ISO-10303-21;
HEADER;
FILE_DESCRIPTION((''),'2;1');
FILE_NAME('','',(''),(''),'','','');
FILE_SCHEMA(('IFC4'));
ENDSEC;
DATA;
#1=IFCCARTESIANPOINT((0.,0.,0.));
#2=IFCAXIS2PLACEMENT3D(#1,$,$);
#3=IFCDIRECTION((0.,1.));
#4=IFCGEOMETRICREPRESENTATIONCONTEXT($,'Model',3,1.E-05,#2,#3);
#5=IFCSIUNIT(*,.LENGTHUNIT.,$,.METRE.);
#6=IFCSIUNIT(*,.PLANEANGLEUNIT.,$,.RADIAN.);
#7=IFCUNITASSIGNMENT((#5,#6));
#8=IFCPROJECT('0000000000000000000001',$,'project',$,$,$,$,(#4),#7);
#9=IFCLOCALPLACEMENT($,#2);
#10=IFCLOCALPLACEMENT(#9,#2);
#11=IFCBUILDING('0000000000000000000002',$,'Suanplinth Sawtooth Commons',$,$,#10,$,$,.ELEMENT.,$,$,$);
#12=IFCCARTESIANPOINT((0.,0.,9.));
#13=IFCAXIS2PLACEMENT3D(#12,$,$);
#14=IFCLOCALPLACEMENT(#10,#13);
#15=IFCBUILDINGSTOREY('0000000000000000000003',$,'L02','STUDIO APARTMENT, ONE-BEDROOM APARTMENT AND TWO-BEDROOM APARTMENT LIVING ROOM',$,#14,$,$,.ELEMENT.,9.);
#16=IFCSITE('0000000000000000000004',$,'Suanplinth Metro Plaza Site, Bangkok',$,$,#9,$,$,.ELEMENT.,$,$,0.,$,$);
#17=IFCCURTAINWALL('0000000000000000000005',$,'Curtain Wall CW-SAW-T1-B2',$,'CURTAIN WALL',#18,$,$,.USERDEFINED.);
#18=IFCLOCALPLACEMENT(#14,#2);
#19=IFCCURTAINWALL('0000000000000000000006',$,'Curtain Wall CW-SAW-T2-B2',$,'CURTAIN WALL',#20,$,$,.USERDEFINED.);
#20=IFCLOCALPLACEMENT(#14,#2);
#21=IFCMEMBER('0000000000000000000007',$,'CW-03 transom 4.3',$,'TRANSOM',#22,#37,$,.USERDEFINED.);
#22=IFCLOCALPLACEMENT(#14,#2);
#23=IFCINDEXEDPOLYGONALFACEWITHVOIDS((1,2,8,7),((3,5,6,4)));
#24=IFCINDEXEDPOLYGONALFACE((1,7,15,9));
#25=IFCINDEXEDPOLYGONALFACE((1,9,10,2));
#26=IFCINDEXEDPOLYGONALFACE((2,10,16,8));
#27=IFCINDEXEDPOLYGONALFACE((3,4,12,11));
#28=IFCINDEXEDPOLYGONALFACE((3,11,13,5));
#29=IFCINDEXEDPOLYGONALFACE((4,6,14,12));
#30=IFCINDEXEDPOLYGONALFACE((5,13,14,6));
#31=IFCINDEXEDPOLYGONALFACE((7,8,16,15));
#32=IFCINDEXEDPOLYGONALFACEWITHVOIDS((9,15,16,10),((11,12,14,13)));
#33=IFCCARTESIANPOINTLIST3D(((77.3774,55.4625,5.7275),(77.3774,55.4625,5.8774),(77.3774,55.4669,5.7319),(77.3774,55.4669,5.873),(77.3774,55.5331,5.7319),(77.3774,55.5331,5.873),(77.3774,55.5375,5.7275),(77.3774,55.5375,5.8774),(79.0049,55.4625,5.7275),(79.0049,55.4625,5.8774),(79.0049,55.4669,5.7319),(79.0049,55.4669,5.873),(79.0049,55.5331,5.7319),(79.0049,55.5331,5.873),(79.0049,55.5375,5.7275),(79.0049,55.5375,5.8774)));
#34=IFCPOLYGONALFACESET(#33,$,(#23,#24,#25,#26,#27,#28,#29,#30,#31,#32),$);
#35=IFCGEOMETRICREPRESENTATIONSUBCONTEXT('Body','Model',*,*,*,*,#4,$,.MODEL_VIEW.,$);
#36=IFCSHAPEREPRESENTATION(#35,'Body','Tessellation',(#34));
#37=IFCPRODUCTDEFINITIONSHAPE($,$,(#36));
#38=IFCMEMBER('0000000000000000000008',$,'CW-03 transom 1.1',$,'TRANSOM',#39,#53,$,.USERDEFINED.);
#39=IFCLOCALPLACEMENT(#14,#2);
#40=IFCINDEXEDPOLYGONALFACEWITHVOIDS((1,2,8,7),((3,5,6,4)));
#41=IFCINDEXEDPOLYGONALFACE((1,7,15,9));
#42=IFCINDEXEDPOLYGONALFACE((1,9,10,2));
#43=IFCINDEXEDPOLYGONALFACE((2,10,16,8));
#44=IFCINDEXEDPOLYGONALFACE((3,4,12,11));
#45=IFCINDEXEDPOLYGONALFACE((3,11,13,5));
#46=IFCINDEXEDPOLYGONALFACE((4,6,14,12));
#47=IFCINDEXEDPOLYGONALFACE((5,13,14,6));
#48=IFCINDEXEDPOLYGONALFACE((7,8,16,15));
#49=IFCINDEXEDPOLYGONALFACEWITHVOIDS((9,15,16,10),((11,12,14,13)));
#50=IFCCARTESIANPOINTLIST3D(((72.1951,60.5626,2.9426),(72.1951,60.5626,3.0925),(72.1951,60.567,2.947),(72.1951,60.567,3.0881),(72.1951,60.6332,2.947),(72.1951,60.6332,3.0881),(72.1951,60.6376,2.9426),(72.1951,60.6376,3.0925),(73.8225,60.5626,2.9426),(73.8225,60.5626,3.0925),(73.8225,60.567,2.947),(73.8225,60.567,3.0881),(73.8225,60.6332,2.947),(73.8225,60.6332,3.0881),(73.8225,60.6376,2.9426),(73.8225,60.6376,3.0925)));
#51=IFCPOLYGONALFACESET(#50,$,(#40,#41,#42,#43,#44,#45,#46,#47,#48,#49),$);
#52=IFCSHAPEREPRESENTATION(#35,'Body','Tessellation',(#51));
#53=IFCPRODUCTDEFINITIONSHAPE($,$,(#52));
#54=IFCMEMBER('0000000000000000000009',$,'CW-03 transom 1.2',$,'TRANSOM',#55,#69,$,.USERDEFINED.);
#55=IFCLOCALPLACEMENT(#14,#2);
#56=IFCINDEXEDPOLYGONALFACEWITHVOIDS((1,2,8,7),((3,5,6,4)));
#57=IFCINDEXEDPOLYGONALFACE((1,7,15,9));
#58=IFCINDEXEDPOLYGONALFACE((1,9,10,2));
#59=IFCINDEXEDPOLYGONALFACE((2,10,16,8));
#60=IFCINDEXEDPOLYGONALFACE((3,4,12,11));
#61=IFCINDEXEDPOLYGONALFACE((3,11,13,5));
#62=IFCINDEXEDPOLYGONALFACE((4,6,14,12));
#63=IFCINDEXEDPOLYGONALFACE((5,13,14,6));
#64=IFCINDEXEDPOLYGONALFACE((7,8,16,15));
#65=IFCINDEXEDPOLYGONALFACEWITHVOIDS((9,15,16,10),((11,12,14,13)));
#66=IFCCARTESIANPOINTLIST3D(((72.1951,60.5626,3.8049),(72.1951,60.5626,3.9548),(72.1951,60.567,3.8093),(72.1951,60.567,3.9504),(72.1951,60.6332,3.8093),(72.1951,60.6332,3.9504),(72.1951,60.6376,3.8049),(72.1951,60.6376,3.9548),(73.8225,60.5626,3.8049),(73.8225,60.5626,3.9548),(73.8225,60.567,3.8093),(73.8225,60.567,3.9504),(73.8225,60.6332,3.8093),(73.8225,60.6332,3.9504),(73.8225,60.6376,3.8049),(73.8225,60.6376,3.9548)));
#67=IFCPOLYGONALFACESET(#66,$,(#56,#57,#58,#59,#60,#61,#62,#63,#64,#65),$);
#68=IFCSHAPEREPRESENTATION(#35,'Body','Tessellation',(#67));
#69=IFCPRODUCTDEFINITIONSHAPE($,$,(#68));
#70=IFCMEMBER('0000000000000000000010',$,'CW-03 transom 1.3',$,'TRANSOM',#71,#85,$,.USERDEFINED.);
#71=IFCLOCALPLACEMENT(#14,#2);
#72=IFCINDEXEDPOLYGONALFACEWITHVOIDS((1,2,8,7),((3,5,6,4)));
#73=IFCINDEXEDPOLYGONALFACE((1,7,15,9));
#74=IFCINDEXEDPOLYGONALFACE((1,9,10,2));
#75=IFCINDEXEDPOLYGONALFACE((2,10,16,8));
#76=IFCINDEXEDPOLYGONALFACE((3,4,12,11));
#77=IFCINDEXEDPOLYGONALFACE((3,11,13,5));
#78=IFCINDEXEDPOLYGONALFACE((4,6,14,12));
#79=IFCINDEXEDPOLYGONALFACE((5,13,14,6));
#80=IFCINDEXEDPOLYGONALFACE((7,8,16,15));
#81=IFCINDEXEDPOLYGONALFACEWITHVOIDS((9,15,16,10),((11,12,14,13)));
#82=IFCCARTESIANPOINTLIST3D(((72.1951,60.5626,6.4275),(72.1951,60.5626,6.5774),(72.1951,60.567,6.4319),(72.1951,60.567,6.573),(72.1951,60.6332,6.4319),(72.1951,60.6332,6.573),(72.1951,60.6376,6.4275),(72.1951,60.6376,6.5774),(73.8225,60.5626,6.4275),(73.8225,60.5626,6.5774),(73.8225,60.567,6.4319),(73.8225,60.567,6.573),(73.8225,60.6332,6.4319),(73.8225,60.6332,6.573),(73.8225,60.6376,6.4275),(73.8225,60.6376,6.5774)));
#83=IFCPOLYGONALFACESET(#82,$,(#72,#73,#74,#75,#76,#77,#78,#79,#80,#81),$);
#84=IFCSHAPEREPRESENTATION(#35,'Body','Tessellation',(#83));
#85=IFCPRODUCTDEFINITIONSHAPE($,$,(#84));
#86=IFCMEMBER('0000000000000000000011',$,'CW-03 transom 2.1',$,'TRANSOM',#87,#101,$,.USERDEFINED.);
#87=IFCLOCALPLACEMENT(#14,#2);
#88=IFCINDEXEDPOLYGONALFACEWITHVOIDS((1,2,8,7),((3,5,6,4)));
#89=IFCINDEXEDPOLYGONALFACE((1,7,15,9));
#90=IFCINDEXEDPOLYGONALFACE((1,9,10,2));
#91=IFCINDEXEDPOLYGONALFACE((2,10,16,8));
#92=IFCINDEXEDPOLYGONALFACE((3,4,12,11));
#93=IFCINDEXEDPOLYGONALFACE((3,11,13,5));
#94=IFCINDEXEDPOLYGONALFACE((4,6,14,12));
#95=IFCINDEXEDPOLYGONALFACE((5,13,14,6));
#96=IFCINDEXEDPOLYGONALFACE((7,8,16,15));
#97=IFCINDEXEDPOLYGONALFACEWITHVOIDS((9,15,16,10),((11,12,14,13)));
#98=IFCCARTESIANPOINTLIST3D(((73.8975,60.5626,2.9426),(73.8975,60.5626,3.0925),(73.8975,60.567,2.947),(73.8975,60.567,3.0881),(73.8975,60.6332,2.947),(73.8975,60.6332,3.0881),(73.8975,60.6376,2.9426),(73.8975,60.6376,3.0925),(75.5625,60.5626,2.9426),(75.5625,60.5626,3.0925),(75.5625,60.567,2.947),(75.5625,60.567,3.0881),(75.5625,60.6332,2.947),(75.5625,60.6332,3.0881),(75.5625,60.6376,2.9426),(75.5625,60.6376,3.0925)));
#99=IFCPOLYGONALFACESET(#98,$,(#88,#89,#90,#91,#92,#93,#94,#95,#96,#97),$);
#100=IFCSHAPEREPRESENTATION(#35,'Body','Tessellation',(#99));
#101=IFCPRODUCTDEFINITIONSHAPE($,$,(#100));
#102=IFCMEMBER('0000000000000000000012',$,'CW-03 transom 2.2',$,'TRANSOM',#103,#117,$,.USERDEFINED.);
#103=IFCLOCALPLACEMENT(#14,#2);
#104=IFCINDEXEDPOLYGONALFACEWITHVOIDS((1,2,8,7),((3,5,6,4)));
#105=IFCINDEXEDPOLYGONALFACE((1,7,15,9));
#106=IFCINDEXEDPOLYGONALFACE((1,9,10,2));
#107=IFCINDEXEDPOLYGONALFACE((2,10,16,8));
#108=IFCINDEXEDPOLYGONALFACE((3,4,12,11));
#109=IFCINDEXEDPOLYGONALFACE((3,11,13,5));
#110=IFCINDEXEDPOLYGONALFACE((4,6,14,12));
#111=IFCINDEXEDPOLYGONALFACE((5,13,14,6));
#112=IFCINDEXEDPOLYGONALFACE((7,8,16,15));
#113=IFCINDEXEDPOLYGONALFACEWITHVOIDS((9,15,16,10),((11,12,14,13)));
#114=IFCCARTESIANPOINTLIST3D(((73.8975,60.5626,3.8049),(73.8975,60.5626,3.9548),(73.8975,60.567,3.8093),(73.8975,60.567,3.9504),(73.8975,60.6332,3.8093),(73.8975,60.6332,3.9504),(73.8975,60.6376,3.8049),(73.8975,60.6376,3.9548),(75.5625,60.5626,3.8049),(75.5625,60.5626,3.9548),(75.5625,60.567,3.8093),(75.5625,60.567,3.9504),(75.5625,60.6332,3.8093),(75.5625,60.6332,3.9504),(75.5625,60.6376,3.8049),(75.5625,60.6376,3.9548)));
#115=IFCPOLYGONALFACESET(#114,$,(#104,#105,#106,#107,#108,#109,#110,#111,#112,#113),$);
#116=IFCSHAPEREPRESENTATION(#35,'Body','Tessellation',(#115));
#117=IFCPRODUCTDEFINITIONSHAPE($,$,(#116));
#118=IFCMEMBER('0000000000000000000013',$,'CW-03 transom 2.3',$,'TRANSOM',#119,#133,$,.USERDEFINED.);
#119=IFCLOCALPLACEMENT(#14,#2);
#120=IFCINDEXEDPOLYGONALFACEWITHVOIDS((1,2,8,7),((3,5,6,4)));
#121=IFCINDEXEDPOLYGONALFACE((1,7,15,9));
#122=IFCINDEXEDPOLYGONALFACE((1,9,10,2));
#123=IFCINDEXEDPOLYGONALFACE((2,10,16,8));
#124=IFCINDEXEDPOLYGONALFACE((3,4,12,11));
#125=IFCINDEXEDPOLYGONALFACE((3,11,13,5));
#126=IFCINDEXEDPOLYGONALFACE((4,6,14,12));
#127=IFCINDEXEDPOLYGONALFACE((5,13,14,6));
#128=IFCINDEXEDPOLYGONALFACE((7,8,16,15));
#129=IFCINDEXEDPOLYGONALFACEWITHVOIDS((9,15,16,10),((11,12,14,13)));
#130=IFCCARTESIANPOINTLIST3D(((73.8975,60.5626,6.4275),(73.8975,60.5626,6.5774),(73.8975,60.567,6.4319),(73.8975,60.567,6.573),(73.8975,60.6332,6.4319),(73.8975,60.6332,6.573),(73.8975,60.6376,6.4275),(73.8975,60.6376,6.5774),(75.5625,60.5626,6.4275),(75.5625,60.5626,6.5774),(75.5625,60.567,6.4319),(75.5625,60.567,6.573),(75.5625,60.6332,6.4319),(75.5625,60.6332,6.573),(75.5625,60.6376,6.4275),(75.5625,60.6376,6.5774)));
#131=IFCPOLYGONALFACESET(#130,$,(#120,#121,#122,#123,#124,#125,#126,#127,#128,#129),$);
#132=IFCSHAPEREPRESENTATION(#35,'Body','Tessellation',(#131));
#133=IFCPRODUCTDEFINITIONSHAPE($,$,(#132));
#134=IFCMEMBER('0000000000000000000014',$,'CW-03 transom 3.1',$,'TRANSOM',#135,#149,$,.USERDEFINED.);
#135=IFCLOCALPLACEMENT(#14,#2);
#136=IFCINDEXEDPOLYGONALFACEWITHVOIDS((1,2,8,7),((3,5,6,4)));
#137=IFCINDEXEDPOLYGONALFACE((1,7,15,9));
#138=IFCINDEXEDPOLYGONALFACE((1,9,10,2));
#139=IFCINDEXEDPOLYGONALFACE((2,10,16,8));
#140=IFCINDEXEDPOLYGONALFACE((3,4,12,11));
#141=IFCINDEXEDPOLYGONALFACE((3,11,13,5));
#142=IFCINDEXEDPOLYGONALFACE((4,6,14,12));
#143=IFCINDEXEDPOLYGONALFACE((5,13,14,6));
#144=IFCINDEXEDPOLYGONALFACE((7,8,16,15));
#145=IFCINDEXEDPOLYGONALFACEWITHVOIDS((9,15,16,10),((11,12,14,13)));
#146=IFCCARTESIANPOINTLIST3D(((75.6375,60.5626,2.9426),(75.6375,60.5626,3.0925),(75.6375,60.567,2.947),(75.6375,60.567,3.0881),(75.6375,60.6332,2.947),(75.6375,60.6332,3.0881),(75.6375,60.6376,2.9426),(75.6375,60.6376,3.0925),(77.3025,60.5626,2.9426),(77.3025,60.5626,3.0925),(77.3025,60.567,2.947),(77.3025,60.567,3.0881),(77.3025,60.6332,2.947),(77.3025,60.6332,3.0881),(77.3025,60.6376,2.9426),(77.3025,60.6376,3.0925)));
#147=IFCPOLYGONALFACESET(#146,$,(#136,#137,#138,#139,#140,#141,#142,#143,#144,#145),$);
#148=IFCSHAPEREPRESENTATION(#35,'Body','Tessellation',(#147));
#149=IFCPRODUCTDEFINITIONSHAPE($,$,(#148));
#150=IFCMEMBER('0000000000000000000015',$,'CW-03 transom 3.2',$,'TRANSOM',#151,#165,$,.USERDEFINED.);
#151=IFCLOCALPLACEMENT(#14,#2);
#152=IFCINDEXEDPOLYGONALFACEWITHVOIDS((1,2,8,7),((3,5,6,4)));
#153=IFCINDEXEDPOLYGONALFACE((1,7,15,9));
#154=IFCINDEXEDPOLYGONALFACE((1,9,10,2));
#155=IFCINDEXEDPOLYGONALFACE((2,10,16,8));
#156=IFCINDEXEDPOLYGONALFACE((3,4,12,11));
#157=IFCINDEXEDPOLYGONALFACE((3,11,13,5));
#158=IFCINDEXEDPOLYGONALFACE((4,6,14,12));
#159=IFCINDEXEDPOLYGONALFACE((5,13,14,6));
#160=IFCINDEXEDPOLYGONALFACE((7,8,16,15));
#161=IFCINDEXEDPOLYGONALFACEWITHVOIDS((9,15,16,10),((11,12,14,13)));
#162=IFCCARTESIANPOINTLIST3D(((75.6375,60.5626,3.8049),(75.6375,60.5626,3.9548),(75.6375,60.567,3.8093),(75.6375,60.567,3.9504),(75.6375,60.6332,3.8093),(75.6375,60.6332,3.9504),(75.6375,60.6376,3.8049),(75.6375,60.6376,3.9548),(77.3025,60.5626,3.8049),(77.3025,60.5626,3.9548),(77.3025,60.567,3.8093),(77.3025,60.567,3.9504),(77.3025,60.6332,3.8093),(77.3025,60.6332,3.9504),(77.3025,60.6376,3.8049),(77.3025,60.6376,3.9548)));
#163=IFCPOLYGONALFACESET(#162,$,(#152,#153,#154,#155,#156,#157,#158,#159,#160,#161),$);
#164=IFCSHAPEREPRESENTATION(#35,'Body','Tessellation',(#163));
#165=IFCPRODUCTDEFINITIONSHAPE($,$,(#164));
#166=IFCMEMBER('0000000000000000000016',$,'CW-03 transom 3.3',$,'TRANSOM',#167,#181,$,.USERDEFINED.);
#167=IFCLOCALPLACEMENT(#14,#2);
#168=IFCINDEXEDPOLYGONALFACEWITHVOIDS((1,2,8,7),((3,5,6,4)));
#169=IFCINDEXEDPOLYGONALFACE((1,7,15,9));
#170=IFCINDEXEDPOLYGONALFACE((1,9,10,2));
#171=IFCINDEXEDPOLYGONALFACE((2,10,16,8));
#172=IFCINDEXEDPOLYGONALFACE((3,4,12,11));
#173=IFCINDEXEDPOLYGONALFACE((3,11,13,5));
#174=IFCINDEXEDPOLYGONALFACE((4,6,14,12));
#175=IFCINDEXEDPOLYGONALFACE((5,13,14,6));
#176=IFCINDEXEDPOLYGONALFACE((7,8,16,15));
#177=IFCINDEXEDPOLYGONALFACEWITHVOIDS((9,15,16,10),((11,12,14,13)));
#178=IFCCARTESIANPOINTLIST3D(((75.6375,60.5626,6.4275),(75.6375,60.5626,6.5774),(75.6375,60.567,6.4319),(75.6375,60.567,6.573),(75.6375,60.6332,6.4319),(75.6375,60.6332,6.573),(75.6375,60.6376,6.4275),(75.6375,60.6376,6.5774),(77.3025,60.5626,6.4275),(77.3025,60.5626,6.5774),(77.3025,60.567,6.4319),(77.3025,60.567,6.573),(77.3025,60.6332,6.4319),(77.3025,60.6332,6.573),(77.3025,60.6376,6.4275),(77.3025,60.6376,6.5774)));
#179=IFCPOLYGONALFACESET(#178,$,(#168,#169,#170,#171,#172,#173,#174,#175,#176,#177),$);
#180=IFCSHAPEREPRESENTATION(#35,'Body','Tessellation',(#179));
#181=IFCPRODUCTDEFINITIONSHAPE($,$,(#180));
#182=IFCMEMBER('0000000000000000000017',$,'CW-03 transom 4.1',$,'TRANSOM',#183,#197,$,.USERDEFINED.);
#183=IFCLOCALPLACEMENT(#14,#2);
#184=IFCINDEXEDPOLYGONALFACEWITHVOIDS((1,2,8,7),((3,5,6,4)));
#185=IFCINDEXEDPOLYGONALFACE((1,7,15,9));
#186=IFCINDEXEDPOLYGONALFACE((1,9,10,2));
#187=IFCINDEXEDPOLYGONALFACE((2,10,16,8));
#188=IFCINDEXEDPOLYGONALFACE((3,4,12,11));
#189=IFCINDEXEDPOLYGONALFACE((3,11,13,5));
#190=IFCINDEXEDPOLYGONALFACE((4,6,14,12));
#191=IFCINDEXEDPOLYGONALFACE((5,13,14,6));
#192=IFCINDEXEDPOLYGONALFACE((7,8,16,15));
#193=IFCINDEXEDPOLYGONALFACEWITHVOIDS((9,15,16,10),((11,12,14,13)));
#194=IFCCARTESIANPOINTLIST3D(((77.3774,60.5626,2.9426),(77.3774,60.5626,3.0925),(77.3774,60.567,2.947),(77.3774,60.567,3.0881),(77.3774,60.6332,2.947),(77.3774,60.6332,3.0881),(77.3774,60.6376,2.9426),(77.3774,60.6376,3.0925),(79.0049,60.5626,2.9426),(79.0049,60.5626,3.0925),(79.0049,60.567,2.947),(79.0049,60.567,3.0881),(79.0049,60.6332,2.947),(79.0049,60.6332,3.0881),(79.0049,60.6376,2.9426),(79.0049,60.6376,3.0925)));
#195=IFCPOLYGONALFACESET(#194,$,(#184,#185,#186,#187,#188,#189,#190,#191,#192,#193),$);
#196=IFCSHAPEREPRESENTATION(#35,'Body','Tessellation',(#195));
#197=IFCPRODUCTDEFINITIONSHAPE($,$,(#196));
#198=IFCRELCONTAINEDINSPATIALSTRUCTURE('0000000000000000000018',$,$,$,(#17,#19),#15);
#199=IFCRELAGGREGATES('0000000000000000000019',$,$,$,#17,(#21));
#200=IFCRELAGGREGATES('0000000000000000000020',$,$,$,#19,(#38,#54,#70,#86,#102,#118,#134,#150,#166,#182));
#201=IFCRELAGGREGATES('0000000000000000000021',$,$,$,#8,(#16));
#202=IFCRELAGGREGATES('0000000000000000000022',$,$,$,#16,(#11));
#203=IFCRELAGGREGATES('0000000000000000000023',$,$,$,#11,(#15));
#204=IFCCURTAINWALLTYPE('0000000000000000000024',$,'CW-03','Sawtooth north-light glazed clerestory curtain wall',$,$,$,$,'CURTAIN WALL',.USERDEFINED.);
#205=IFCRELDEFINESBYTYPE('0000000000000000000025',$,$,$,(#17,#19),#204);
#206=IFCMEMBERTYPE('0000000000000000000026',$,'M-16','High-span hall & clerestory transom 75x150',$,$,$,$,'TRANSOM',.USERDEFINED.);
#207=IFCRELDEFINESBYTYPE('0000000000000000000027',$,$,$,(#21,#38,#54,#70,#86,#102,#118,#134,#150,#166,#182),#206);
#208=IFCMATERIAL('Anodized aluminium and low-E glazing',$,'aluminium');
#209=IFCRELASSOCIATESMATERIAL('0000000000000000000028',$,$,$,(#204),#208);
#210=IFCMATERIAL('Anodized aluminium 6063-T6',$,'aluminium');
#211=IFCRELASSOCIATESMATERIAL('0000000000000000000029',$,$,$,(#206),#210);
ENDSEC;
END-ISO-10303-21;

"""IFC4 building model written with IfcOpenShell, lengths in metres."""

from ifc_helpers import new_model, si_unit, direction, frame, origin, origin_2d, place, context, subcontext, project, spatial, hollow_rectangle, extrude, material, material_profile, profile_set, type_object, element, aggregate, save


model = new_model("IFC4")

# Units and contexts
model_context = context("Model", 3, precision=1e-05, world=origin(), true_north=direction((0.0, 1.0)))
body_context = subcontext(model_context, "Body", "Model", "MODEL_VIEW")
ifc_project = project(units=[si_unit("LENGTHUNIT", "METRE"), si_unit("PLANEANGLEUNIT", "RADIAN")], contexts=[model_context])

# Site, building, storey
site_placement = place(None, origin())
site = spatial("IfcSite", under=ifc_project, at=site_placement, Name="Suanplinth Metro Plaza Site, Bangkok", CompositionType="ELEMENT", RefElevation=0.0)
building_placement = place(site_placement, origin())
building = spatial("IfcBuilding", under=site, at=building_placement, Name="Suanplinth Sawtooth Commons", CompositionType="ELEMENT")
storey_placement = place(building_placement, frame((0.0, 0.0, 9.0)))
storey = spatial("IfcBuildingStorey", under=building, at=storey_placement, Name="L02", Description="STUDIO APARTMENT, ONE-BEDROOM APARTMENT AND TWO-BEDROOM APARTMENT LIVING ROOM", CompositionType="ELEMENT", Elevation=9.0)

# Curtain wall
ifc_material_1 = material(Name="Anodized aluminium and low-E glazing", Category="aluminium")
curtain_wall_type = type_object("IfcCurtainWallType", Name="CW-03", Description="Sawtooth north-light glazed clerestory curtain wall", ElementType="CURTAIN WALL", PredefinedType="USERDEFINED", material=ifc_material_1)
curtain_wall_1_placement = place(storey_placement, origin())
curtain_wall_1 = element("IfcCurtainWall", 1, at=curtain_wall_1_placement, inside=storey, type_object=curtain_wall_type, Name="Curtain Wall CW-SAW-T1-B2", ObjectType="CURTAIN WALL", PredefinedType="USERDEFINED")
ifc_material_2 = material(Name="Anodized aluminium 6063-T6", Category="aluminium")

# Curtain wall
curtain_wall_2_placement = place(storey_placement, origin())
curtain_wall_2 = element("IfcCurtainWall", 2, at=curtain_wall_2_placement, inside=storey, type_object=curtain_wall_type, Name="Curtain Wall CW-SAW-T2-B2", ObjectType="CURTAIN WALL", PredefinedType="USERDEFINED")

# Members
ifc_material_profile_1 = material_profile(ifc_material_2, hollow_rectangle(XDim=0.075, YDim=0.1499, WallThickness=0.0044, at=origin_2d()), Name="ALU-TRN 75x150")
ifc_profile_set_1 = profile_set([ifc_material_profile_1], Name="Anodized aluminium 6063-T6")
member_type_1 = type_object("IfcMemberType", Name="M-16", Description="High-span hall & clerestory transom 75x150", ElementType="TRANSOM", PredefinedType="USERDEFINED", material=ifc_profile_set_1)
member_1_placement = place(storey_placement, frame((77.3774, 55.5, 5.8025), z_axis=(1.0, 0.0, 0.0), x_axis=(0.0, 1.0, 0.0)))
member_1 = element("IfcMember", 3, at=member_1_placement, type_object=member_type_1, Name="CW-03 transom 4.3", ObjectType="TRANSOM", PredefinedType="USERDEFINED", context=body_context, shape_type="SweptSolid", body=[
    extrude(hollow_rectangle(XDim=0.075, YDim=0.1499, WallThickness=0.0044, at=origin_2d()), origin(), (0.0, 0.0, 1.0), 1.6274),
])
member_2_placement = place(storey_placement, frame((72.1951, 60.6001, 3.0176), z_axis=(1.0, 0.0, 0.0), x_axis=(0.0, 1.0, 0.0)))
member_2 = element("IfcMember", 4, at=member_2_placement, type_object=member_type_1, Name="CW-03 transom 1.1", ObjectType="TRANSOM", PredefinedType="USERDEFINED", context=body_context, shape_type="SweptSolid", body=[
    extrude(hollow_rectangle(XDim=0.075, YDim=0.1499, WallThickness=0.0044, at=origin_2d()), origin(), (0.0, 0.0, 1.0), 1.6274),
])
member_3_placement = place(storey_placement, frame((72.1951, 60.6001, 3.8799), z_axis=(1.0, 0.0, 0.0), x_axis=(0.0, 1.0, 0.0)))
member_3 = element("IfcMember", 5, at=member_3_placement, type_object=member_type_1, Name="CW-03 transom 1.2", ObjectType="TRANSOM", PredefinedType="USERDEFINED", context=body_context, shape_type="SweptSolid", body=[
    extrude(hollow_rectangle(XDim=0.075, YDim=0.1499, WallThickness=0.0044, at=origin_2d()), origin(), (0.0, 0.0, 1.0), 1.6274),
])
member_4_placement = place(storey_placement, frame((72.1951, 60.6001, 6.5024), z_axis=(1.0, 0.0, 0.0), x_axis=(0.0, 1.0, 0.0)))
member_4 = element("IfcMember", 6, at=member_4_placement, type_object=member_type_1, Name="CW-03 transom 1.3", ObjectType="TRANSOM", PredefinedType="USERDEFINED", context=body_context, shape_type="SweptSolid", body=[
    extrude(hollow_rectangle(XDim=0.075, YDim=0.1499, WallThickness=0.0044, at=origin_2d()), origin(), (0.0, 0.0, 1.0), 1.6274),
])
member_5_placement = place(storey_placement, frame((73.8975, 60.6001, 3.0176), z_axis=(1.0, 0.0, 0.0), x_axis=(0.0, 1.0, 0.0)))
member_5 = element("IfcMember", 7, at=member_5_placement, type_object=member_type_1, Name="CW-03 transom 2.1", ObjectType="TRANSOM", PredefinedType="USERDEFINED", context=body_context, shape_type="SweptSolid", body=[
    extrude(hollow_rectangle(XDim=0.075, YDim=0.1499, WallThickness=0.0044, at=origin_2d()), origin(), (0.0, 0.0, 1.0), 1.665),
])
member_6_placement = place(storey_placement, frame((73.8975, 60.6001, 3.8799), z_axis=(1.0, 0.0, 0.0), x_axis=(0.0, 1.0, 0.0)))
member_6 = element("IfcMember", 8, at=member_6_placement, type_object=member_type_1, Name="CW-03 transom 2.2", ObjectType="TRANSOM", PredefinedType="USERDEFINED", context=body_context, shape_type="SweptSolid", body=[
    extrude(hollow_rectangle(XDim=0.075, YDim=0.1499, WallThickness=0.0044, at=origin_2d()), origin(), (0.0, 0.0, 1.0), 1.665),
])
member_7_placement = place(storey_placement, frame((73.8975, 60.6001, 6.5024), z_axis=(1.0, 0.0, 0.0), x_axis=(0.0, 1.0, 0.0)))
member_7 = element("IfcMember", 9, at=member_7_placement, type_object=member_type_1, Name="CW-03 transom 2.3", ObjectType="TRANSOM", PredefinedType="USERDEFINED", context=body_context, shape_type="SweptSolid", body=[
    extrude(hollow_rectangle(XDim=0.075, YDim=0.1499, WallThickness=0.0044, at=origin_2d()), origin(), (0.0, 0.0, 1.0), 1.665),
])
member_8_placement = place(storey_placement, frame((75.6375, 60.6001, 3.0176), z_axis=(1.0, 0.0, 0.0), x_axis=(0.0, 1.0, 0.0)))
member_8 = element("IfcMember", 10, at=member_8_placement, type_object=member_type_1, Name="CW-03 transom 3.1", ObjectType="TRANSOM", PredefinedType="USERDEFINED", context=body_context, shape_type="SweptSolid", body=[
    extrude(hollow_rectangle(XDim=0.075, YDim=0.1499, WallThickness=0.0044, at=origin_2d()), origin(), (0.0, 0.0, 1.0), 1.665),
])
member_9_placement = place(storey_placement, frame((75.6375, 60.6001, 3.8799), z_axis=(1.0, 0.0, 0.0), x_axis=(0.0, 1.0, 0.0)))
member_9 = element("IfcMember", 11, at=member_9_placement, type_object=member_type_1, Name="CW-03 transom 3.2", ObjectType="TRANSOM", PredefinedType="USERDEFINED", context=body_context, shape_type="SweptSolid", body=[
    extrude(hollow_rectangle(XDim=0.075, YDim=0.1499, WallThickness=0.0044, at=origin_2d()), origin(), (0.0, 0.0, 1.0), 1.665),
])
member_10_placement = place(storey_placement, frame((75.6375, 60.6001, 6.5024), z_axis=(1.0, 0.0, 0.0), x_axis=(0.0, 1.0, 0.0)))
member_10 = element("IfcMember", 12, at=member_10_placement, type_object=member_type_1, Name="CW-03 transom 3.3", ObjectType="TRANSOM", PredefinedType="USERDEFINED", context=body_context, shape_type="SweptSolid", body=[
    extrude(hollow_rectangle(XDim=0.075, YDim=0.1499, WallThickness=0.0044, at=origin_2d()), origin(), (0.0, 0.0, 1.0), 1.665),
])
member_11_placement = place(storey_placement, frame((77.3774, 60.6001, 3.0176), z_axis=(1.0, 0.0, 0.0), x_axis=(0.0, 1.0, 0.0)))
member_11 = element("IfcMember", 13, at=member_11_placement, type_object=member_type_1, Name="CW-03 transom 4.1", ObjectType="TRANSOM", PredefinedType="USERDEFINED", context=body_context, shape_type="SweptSolid", body=[
    extrude(hollow_rectangle(XDim=0.075, YDim=0.1499, WallThickness=0.0044, at=origin_2d()), origin(), (0.0, 0.0, 1.0), 1.6274),
])

aggregate(curtain_wall_1, [member_1])
aggregate(curtain_wall_2, [member_2, member_3, member_4, member_5, member_6, member_7, member_8, member_9, member_10, member_11])

save(model, "model.ifc")
